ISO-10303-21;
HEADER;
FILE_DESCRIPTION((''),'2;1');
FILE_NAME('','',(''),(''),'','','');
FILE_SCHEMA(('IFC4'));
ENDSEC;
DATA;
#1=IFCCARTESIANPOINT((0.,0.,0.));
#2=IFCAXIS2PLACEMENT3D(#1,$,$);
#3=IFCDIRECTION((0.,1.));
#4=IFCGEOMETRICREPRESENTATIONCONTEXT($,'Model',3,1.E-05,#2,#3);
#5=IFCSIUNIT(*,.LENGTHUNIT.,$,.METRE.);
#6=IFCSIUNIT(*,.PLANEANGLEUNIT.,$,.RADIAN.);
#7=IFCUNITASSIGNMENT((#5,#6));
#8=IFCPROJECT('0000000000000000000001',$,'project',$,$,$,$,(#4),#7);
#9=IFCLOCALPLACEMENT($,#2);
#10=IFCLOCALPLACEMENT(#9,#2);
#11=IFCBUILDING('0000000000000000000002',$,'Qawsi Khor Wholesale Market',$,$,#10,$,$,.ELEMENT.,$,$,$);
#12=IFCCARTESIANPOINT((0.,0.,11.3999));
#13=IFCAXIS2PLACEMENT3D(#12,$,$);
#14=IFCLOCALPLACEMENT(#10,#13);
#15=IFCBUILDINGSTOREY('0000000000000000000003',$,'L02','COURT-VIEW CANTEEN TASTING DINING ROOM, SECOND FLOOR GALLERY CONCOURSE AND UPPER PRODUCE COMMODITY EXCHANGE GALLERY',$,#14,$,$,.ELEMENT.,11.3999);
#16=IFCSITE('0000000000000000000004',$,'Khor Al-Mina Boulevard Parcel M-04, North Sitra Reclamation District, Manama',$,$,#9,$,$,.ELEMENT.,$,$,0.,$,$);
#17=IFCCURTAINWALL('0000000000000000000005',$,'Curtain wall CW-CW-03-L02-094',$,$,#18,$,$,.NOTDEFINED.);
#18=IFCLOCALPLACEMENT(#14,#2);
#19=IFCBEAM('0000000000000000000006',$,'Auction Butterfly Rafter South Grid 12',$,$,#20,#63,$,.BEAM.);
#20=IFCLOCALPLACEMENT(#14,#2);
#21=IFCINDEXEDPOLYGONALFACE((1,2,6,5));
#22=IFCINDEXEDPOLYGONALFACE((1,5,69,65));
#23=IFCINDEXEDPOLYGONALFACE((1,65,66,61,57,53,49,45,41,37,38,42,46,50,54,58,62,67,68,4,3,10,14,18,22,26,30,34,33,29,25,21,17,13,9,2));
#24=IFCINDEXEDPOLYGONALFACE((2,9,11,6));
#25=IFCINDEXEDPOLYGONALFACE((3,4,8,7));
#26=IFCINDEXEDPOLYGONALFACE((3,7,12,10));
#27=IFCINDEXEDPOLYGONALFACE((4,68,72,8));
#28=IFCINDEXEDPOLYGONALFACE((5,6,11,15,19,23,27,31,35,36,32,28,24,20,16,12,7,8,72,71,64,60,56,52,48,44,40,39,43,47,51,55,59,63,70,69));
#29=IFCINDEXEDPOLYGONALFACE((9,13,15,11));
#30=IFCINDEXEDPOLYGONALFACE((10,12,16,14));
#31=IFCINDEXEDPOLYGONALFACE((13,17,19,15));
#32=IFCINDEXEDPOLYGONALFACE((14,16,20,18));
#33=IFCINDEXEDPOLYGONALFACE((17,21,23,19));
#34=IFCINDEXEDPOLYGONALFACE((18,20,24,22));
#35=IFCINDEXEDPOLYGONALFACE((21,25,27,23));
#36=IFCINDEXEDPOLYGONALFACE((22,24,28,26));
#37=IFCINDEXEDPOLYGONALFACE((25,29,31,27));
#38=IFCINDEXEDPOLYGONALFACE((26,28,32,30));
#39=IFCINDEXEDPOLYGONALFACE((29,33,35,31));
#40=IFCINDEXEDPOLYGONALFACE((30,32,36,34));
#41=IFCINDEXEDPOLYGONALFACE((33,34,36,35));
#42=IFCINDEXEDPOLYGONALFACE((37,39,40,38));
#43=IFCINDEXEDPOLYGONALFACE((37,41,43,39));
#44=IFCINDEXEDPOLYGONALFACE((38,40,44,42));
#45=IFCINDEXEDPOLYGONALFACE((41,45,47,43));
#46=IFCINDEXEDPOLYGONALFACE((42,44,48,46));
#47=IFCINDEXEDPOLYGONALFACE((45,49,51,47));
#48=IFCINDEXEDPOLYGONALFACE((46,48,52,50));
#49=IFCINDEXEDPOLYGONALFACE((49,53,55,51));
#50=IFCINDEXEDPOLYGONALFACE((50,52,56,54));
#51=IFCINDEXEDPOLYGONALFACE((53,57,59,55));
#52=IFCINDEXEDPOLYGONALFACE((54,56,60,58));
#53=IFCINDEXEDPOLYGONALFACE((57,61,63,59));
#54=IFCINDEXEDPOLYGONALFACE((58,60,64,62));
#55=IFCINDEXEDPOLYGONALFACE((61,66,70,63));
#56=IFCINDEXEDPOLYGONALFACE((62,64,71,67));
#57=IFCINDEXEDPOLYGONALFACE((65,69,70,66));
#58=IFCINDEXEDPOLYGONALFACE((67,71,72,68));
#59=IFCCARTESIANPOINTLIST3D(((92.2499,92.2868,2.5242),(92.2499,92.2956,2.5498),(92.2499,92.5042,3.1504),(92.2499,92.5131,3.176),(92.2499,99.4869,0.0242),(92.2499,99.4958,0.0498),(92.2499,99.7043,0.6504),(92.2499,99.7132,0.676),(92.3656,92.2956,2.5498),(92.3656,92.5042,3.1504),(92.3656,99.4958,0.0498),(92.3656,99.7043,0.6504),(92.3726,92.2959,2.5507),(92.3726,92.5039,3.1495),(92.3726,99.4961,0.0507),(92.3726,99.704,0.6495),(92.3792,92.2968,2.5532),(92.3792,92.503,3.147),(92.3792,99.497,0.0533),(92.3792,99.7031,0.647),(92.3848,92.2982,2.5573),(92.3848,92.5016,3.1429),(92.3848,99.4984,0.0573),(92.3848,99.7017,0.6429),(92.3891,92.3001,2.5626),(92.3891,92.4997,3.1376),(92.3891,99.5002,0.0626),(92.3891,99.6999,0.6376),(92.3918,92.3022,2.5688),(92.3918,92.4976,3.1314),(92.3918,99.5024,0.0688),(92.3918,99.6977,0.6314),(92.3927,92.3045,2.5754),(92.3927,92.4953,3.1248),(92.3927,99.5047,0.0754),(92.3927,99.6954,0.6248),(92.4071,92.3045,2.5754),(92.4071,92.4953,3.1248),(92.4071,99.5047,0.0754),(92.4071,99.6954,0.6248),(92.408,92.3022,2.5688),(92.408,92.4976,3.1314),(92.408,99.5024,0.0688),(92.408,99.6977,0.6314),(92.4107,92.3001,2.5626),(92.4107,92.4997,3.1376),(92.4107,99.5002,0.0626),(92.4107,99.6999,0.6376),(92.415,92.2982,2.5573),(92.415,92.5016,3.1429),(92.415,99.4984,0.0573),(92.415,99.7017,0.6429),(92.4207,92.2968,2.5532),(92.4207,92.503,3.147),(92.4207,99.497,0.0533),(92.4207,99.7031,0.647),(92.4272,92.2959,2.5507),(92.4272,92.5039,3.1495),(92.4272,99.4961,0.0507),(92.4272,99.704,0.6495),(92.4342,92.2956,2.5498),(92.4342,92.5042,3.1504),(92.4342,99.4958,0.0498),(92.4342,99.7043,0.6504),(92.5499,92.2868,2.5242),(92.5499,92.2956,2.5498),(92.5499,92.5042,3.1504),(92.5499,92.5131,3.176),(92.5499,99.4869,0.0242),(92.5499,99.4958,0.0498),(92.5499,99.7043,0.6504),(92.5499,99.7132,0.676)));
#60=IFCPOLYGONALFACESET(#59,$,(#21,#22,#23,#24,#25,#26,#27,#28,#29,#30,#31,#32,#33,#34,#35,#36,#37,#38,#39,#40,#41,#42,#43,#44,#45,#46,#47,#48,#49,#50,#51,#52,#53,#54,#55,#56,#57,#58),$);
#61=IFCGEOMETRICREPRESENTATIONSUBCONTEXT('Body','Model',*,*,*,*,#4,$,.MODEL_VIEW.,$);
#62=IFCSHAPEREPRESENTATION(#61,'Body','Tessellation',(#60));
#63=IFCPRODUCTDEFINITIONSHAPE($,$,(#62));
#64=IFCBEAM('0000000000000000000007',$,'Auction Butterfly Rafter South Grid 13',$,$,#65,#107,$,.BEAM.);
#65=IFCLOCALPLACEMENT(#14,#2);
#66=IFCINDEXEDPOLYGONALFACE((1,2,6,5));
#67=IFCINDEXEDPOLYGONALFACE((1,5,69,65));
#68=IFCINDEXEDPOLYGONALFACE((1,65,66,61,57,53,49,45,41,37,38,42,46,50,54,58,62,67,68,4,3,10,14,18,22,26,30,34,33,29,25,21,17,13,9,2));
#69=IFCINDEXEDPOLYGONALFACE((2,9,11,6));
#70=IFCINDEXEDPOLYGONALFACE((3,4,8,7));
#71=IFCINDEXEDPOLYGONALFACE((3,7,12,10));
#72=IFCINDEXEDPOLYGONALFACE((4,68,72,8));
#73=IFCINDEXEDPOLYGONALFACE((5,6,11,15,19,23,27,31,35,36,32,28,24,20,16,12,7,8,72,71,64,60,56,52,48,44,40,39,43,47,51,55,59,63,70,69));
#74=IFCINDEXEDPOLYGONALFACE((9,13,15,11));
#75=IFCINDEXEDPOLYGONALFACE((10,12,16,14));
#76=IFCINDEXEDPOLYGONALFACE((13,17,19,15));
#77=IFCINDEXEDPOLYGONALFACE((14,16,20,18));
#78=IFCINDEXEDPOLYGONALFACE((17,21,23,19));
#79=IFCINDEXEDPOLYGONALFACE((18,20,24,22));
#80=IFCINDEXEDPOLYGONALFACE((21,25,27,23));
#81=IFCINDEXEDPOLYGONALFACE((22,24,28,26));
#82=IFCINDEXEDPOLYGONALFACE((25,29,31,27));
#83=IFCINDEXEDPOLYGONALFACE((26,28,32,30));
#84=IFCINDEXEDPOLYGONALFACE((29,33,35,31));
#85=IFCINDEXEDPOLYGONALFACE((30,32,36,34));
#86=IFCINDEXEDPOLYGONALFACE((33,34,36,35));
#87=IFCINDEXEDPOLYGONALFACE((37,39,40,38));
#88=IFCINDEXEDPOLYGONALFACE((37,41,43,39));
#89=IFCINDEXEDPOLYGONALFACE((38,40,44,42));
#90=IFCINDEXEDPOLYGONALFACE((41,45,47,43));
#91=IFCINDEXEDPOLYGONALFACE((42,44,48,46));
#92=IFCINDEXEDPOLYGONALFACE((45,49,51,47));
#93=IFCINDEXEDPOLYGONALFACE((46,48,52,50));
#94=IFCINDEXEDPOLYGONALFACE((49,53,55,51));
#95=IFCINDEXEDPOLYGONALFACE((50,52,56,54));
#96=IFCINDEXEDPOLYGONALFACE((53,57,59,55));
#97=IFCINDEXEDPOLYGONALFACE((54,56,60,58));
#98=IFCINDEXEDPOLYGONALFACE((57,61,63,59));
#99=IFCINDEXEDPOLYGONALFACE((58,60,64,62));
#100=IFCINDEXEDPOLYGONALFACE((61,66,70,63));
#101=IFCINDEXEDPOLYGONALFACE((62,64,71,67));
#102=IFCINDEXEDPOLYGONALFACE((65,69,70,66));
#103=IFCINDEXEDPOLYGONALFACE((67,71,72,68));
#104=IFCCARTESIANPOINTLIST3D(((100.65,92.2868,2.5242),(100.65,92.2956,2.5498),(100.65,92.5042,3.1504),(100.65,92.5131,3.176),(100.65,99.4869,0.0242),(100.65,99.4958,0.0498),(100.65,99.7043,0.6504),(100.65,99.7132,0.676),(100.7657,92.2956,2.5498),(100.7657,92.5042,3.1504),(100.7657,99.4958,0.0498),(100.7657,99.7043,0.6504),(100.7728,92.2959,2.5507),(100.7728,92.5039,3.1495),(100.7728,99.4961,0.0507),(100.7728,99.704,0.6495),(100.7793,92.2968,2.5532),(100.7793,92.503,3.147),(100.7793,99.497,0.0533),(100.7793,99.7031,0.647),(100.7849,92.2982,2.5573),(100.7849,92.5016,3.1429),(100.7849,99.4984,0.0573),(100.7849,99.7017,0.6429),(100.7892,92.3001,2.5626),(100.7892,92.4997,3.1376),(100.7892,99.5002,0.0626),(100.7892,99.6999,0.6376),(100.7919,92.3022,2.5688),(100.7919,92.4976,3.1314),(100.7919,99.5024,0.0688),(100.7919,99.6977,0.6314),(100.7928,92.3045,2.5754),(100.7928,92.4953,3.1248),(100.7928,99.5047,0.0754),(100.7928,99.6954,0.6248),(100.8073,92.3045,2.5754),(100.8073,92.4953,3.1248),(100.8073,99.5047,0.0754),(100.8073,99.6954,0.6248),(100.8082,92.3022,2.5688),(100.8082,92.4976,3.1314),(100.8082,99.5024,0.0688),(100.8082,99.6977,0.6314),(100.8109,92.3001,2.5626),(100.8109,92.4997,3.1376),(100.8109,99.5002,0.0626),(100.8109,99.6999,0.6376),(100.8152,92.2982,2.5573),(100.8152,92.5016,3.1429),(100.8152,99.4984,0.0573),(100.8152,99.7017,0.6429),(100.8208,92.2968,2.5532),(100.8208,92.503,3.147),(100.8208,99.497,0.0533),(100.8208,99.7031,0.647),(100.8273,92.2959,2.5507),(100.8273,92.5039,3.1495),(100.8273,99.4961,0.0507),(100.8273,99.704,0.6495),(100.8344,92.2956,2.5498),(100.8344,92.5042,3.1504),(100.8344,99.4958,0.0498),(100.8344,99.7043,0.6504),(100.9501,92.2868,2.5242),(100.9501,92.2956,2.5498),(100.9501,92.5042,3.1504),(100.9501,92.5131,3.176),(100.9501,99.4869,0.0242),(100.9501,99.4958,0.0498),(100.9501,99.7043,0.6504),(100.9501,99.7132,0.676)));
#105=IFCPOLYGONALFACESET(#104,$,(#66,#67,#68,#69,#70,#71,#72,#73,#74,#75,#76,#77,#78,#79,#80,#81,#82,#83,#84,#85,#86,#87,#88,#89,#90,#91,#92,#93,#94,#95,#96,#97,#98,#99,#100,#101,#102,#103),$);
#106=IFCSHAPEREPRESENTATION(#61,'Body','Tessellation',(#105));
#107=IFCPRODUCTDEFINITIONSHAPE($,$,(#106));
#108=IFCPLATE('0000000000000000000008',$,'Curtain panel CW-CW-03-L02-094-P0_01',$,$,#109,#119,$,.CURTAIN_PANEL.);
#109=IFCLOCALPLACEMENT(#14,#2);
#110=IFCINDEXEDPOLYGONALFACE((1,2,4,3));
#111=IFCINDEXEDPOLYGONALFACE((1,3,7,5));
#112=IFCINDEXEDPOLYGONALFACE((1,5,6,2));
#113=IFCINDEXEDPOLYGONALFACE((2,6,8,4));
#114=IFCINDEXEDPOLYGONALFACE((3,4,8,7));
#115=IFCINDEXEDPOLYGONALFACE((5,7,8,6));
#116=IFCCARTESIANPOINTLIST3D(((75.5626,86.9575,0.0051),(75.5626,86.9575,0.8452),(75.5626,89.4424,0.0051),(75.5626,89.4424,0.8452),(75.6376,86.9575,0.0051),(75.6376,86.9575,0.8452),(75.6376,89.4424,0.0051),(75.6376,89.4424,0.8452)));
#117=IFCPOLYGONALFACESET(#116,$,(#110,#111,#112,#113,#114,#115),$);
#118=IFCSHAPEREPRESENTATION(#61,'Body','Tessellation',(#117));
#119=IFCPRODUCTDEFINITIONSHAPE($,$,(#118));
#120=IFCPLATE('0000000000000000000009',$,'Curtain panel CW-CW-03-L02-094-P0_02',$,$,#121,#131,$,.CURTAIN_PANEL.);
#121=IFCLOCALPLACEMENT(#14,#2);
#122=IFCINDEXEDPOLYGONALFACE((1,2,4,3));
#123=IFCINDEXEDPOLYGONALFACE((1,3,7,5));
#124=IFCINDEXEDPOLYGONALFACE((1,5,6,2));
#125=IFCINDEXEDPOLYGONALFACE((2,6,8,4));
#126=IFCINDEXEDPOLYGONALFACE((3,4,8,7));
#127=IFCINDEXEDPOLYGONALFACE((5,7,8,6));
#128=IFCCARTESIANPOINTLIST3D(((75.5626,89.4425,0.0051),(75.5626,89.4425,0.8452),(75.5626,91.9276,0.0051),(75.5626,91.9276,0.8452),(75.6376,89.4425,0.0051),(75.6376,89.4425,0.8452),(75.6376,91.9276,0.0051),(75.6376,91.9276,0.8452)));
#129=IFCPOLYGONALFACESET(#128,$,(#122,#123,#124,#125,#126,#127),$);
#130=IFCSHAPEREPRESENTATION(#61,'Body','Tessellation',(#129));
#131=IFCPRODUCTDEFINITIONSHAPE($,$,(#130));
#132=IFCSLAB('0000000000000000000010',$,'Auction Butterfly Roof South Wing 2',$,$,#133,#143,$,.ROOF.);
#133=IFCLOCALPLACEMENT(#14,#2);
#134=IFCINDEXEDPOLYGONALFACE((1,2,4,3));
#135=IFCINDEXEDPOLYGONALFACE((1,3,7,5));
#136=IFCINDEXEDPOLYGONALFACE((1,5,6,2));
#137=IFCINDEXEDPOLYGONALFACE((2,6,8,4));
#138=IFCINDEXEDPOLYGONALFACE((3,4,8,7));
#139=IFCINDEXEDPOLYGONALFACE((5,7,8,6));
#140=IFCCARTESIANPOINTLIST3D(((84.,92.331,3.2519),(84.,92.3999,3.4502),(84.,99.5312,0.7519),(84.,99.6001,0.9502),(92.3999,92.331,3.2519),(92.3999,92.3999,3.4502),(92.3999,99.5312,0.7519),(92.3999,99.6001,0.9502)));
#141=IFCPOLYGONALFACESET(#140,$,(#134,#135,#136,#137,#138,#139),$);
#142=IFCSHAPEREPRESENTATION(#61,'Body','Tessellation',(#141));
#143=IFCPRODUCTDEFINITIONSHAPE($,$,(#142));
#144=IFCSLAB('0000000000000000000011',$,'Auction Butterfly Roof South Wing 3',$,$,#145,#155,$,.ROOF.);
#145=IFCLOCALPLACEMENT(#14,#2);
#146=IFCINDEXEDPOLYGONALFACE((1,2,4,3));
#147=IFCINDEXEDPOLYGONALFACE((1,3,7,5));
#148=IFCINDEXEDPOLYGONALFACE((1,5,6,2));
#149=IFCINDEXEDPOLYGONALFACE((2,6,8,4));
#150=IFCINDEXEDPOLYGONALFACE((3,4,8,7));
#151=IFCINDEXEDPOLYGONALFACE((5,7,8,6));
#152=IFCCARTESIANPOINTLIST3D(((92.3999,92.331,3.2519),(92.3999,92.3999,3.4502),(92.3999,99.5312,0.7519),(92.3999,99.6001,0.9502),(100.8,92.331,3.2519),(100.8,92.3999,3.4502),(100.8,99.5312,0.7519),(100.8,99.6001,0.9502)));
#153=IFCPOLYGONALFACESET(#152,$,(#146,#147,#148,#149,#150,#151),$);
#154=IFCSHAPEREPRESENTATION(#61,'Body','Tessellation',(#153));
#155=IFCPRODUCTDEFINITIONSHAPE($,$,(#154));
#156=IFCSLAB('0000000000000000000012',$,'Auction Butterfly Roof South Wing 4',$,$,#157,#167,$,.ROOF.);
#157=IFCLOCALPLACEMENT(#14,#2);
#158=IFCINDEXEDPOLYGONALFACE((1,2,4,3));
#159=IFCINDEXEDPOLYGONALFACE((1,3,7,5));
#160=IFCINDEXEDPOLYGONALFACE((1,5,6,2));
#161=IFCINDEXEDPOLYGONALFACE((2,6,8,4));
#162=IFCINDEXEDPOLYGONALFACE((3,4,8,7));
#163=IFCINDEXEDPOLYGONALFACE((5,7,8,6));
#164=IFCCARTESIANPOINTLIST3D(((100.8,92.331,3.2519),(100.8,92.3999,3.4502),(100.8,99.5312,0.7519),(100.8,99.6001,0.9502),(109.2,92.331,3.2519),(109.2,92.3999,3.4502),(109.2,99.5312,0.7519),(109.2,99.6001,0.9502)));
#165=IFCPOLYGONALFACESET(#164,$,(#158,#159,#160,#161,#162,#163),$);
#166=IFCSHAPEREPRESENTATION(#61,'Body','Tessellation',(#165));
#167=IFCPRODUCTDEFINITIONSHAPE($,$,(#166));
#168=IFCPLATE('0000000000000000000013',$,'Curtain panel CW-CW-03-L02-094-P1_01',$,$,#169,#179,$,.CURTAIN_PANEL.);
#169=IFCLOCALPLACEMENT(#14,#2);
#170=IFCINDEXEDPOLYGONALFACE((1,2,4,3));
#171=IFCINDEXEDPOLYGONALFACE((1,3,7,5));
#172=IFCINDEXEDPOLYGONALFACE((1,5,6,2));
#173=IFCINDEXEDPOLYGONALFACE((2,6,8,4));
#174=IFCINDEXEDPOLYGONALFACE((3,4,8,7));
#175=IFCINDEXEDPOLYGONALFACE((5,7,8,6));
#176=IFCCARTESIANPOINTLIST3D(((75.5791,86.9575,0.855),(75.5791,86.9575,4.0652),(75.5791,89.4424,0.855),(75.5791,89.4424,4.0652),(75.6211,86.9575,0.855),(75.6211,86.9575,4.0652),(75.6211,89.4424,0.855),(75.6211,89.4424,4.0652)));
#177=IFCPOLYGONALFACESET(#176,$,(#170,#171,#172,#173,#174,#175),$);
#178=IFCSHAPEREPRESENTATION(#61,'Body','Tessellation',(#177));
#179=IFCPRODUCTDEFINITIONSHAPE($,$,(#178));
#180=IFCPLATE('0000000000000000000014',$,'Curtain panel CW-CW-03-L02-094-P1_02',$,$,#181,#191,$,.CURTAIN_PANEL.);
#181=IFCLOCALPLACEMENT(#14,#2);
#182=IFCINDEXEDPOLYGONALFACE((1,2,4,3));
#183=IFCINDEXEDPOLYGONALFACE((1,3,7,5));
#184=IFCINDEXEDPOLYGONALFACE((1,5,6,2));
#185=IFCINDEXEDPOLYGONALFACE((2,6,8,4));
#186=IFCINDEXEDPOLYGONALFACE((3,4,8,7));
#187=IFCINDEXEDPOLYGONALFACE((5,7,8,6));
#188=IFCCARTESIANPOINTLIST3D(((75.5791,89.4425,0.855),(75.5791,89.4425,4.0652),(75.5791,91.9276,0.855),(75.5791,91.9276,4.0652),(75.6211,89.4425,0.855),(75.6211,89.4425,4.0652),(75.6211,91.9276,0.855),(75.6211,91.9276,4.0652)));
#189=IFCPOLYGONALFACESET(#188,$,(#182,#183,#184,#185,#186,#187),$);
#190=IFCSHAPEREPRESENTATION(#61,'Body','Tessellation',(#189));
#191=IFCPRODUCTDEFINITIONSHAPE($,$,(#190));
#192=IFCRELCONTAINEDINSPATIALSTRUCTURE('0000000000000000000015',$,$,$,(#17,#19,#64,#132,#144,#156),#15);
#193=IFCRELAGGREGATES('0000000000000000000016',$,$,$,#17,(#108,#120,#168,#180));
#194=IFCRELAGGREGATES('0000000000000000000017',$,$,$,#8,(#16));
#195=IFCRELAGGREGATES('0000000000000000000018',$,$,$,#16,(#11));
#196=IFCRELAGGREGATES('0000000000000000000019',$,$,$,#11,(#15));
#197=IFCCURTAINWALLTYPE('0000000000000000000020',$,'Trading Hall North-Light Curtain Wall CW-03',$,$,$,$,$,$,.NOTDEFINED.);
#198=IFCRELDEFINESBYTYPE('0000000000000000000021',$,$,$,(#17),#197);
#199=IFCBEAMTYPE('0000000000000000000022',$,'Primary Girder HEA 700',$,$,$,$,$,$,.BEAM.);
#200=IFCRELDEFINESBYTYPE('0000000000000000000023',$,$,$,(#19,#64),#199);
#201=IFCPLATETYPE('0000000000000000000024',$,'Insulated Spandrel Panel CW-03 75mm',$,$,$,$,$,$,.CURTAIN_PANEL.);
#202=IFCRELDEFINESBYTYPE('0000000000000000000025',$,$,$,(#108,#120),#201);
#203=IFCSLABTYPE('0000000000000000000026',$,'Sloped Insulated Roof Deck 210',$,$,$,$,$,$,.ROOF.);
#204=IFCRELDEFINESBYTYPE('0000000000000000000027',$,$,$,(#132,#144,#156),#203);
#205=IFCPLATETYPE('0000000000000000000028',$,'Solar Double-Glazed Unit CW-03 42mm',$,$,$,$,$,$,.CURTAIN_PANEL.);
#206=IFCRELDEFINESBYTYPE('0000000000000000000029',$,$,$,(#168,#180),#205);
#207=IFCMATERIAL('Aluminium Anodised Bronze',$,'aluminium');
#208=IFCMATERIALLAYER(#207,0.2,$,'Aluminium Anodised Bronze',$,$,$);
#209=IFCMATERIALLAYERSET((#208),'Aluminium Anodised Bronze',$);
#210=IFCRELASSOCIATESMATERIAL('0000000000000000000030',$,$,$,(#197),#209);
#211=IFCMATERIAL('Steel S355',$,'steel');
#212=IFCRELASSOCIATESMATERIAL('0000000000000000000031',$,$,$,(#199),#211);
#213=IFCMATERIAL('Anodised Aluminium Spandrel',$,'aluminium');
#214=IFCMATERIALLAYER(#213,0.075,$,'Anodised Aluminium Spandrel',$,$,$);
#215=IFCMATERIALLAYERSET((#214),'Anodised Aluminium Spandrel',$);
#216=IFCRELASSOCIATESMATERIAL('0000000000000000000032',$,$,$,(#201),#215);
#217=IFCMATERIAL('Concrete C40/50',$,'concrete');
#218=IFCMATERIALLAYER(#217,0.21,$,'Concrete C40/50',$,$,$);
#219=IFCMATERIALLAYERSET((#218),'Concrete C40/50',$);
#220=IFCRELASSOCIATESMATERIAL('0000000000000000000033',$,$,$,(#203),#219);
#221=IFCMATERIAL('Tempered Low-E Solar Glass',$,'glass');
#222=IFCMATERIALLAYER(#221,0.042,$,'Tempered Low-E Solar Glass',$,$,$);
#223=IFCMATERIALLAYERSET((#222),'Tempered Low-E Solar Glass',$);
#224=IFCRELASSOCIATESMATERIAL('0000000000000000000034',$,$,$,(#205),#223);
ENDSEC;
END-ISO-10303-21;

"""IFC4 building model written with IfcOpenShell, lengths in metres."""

from ifc_helpers import new_model, si_unit, direction, frame, frame_2d, origin, origin_2d, place, context, subcontext, project, spatial, polyline, rectangle, i_section, outline, extrude, material, layer, layer_set, material_profile, profile_set, type_object, element, aggregate, save


model = new_model("IFC4")

# Units and contexts
model_context = context("Model", 3, precision=1e-05, world=origin(), true_north=direction((0.0, 1.0)))
body_context = subcontext(model_context, "Body", "Model", "MODEL_VIEW")
ifc_project = project(units=[si_unit("LENGTHUNIT", "METRE"), si_unit("PLANEANGLEUNIT", "RADIAN")], contexts=[model_context])

# Site, building, storey
site_placement = place(None, origin())
site = spatial("IfcSite", under=ifc_project, at=site_placement, Name="Khor Al-Mina Boulevard Parcel M-04, North Sitra Reclamation District, Manama", CompositionType="ELEMENT", RefElevation=0.0)
building_placement = place(site_placement, origin())
building = spatial("IfcBuilding", under=site, at=building_placement, Name="Qawsi Khor Wholesale Market", CompositionType="ELEMENT")
storey_placement = place(building_placement, frame((0.0, 0.0, 11.3999)))
storey = spatial("IfcBuildingStorey", under=building, at=storey_placement, Name="L02", Description="COURT-VIEW CANTEEN TASTING DINING ROOM, SECOND FLOOR GALLERY CONCOURSE AND UPPER PRODUCE COMMODITY EXCHANGE GALLERY", CompositionType="ELEMENT", Elevation=11.3999)

# Curtain wall
ifc_material_1 = material(Name="Aluminium Anodised Bronze", Category="aluminium")
ifc_layer_1 = layer(ifc_material_1, 0.2, Name="Aluminium Anodised Bronze")
ifc_layer_set_1 = layer_set([ifc_layer_1], Name="Aluminium Anodised Bronze")
curtain_wall_type = type_object("IfcCurtainWallType", Name="Trading Hall North-Light Curtain Wall CW-03", PredefinedType="NOTDEFINED", material=ifc_layer_set_1)
curtain_wall_placement = place(storey_placement, origin())
curtain_wall = element("IfcCurtainWall", 1, at=curtain_wall_placement, inside=storey, type_object=curtain_wall_type, Name="Curtain wall CW-CW-03-L02-094", PredefinedType="NOTDEFINED")

# Beams
ifc_material_2 = material(Name="Steel S355", Category="steel")
ifc_material_profile_1 = material_profile(ifc_material_2, i_section(OverallWidth=0.3, OverallDepth=0.6899, WebThickness=0.0144, FlangeThickness=0.0271, FilletRadius=0.0271, at=origin_2d()), Name="HEA 700")
ifc_profile_set_1 = profile_set([ifc_material_profile_1], Name="Steel S355")
beam_type = type_object("IfcBeamType", Name="Primary Girder HEA 700", PredefinedType="BEAM", material=ifc_profile_set_1)
for number, where, z_axis, x_axis, name in (
    (2, (92.3999, 92.3999, 2.8501), (0.0, 0.944676, -0.328004), (-1.0, 0.0, 0.0), "Auction Butterfly Rafter South Grid 12"),
    (3, (100.8, 92.3999, 2.8501), (0.0, 0.944676, -0.328004), (-1.0, 0.0, 0.0), "Auction Butterfly Rafter South Grid 13"),
):
    element("IfcBeam", number, at=place(storey_placement, frame(where, z_axis=z_axis, x_axis=x_axis)), inside=storey, type_object=beam_type, Name=name, PredefinedType="BEAM", context=body_context, shape_type="SweptSolid", body=[
        extrude(i_section(OverallWidth=0.3, OverallDepth=0.6899, WebThickness=0.0144, FlangeThickness=0.0271, FilletRadius=0.0271, at=origin_2d()), origin(), (0.0, 0.0, 1.0), 7.6218),
    ])

# Plates
ifc_material_3 = material(Name="Anodised Aluminium Spandrel", Category="aluminium")
ifc_layer_2 = layer(ifc_material_3, 0.075, Name="Anodised Aluminium Spandrel")
ifc_layer_set_2 = layer_set([ifc_layer_2], Name="Anodised Aluminium Spandrel")
plate_type_1 = type_object("IfcPlateType", Name="Insulated Spandrel Panel CW-03 75mm", PredefinedType="CURTAIN_PANEL", material=ifc_layer_set_2)
plate_1_placement = place(storey_placement, frame((75.6001, 86.9575, 0.0051), z_axis=(0.0, 0.0, 1.0), x_axis=(0.0, 1.0, 0.0)))
plate_1 = element("IfcPlate", 4, at=plate_1_placement, type_object=plate_type_1, Name="Curtain panel CW-CW-03-L02-094-P0_01", PredefinedType="CURTAIN_PANEL", context=body_context, shape_type="SweptSolid", body=[
    extrude(rectangle(XDim=2.4849, YDim=0.075, at=frame_2d((1.2424, 0.0))), origin(), (0.0, 0.0, 1.0), 0.8401),
])
plate_2_placement = place(storey_placement, frame((75.6001, 89.4424, 0.0051), z_axis=(0.0, 0.0, 1.0), x_axis=(0.0, 1.0, 0.0)))
plate_2 = element("IfcPlate", 5, at=plate_2_placement, type_object=plate_type_1, Name="Curtain panel CW-CW-03-L02-094-P0_02", PredefinedType="CURTAIN_PANEL", context=body_context, shape_type="SweptSolid", body=[
    extrude(rectangle(XDim=2.4851, YDim=0.075, at=frame_2d((1.2427, 0.0))), origin(), (0.0, 0.0, 1.0), 0.8401),
])

# Slabs
ifc_material_4 = material(Name="Concrete C40/50", Category="concrete")
ifc_layer_3 = layer(ifc_material_4, 0.21, Name="Concrete C40/50")
ifc_layer_set_3 = layer_set([ifc_layer_3], Name="Concrete C40/50")
slab_type = type_object("IfcSlabType", Name="Sloped Insulated Roof Deck 210", PredefinedType="ROOF", material=ifc_layer_set_3)
slab_1_placement = place(storey_placement, frame((84.0, 92.3999, 3.4502), z_axis=(0.0, 0.328004, 0.944676), x_axis=(1.0, 0.0, 0.0)))
element("IfcSlab", 6, at=slab_1_placement, inside=storey, type_object=slab_type, Name="Auction Butterfly Roof South Wing 2", PredefinedType="ROOF", context=body_context, shape_type="SweptSolid", body=[
    extrude(outline(polyline([(0.0, 0.0), (8.3999, 0.0), (8.3999, 7.6219), (0.0, 7.6219), (0.0, 0.0)])), origin(), (0.0, 0.0, -1.0), 0.21),
])
slab_2_placement = place(storey_placement, frame((92.3999, 92.3999, 3.4502), z_axis=(0.0, 0.328004, 0.944676), x_axis=(1.0, 0.0, 0.0)))
element("IfcSlab", 7, at=slab_2_placement, inside=storey, type_object=slab_type, Name="Auction Butterfly Roof South Wing 3", PredefinedType="ROOF", context=body_context, shape_type="SweptSolid", body=[
    extrude(outline(polyline([(0.0, 0.0), (8.4001, 0.0), (8.4001, 7.6219), (0.0, 7.6219), (0.0, 0.0)])), origin(), (0.0, 0.0, -1.0), 0.21),
])
slab_3_placement = place(storey_placement, frame((100.8, 92.3999, 3.4502), z_axis=(0.0, 0.328004, 0.944676), x_axis=(1.0, 0.0, 0.0)))
element("IfcSlab", 8, at=slab_3_placement, inside=storey, type_object=slab_type, Name="Auction Butterfly Roof South Wing 4", PredefinedType="ROOF", context=body_context, shape_type="SweptSolid", body=[
    extrude(outline(polyline([(0.0, 0.0), (8.3999, 0.0), (8.3999, 7.6219), (0.0, 7.6219), (0.0, 0.0)])), origin(), (0.0, 0.0, -1.0), 0.21),
])

# Plates
ifc_material_5 = material(Name="Tempered Low-E Solar Glass", Category="glass")
ifc_layer_4 = layer(ifc_material_5, 0.042, Name="Tempered Low-E Solar Glass")
ifc_layer_set_4 = layer_set([ifc_layer_4], Name="Tempered Low-E Solar Glass")
plate_type_2 = type_object("IfcPlateType", Name="Solar Double-Glazed Unit CW-03 42mm", PredefinedType="CURTAIN_PANEL", material=ifc_layer_set_4)
plate_3_placement = place(storey_placement, frame((75.6001, 86.9575, 0.855), z_axis=(0.0, 0.0, 1.0), x_axis=(0.0, 1.0, 0.0)))
plate_3 = element("IfcPlate", 9, at=plate_3_placement, type_object=plate_type_2, Name="Curtain panel CW-CW-03-L02-094-P1_01", PredefinedType="CURTAIN_PANEL", context=body_context, shape_type="SweptSolid", body=[
    extrude(rectangle(XDim=2.4849, YDim=0.042, at=frame_2d((1.2424, 0.0))), origin(), (0.0, 0.0, 1.0), 3.2102),
])
plate_4_placement = place(storey_placement, frame((75.6001, 89.4424, 0.855), z_axis=(0.0, 0.0, 1.0), x_axis=(0.0, 1.0, 0.0)))
plate_4 = element("IfcPlate", 10, at=plate_4_placement, type_object=plate_type_2, Name="Curtain panel CW-CW-03-L02-094-P1_02", PredefinedType="CURTAIN_PANEL", context=body_context, shape_type="SweptSolid", body=[
    extrude(rectangle(XDim=2.4851, YDim=0.042, at=frame_2d((1.2427, 0.0))), origin(), (0.0, 0.0, 1.0), 3.2102),
])
aggregate(curtain_wall, [plate_1, plate_2, plate_3, plate_4])

save(model, "model.ifc")
